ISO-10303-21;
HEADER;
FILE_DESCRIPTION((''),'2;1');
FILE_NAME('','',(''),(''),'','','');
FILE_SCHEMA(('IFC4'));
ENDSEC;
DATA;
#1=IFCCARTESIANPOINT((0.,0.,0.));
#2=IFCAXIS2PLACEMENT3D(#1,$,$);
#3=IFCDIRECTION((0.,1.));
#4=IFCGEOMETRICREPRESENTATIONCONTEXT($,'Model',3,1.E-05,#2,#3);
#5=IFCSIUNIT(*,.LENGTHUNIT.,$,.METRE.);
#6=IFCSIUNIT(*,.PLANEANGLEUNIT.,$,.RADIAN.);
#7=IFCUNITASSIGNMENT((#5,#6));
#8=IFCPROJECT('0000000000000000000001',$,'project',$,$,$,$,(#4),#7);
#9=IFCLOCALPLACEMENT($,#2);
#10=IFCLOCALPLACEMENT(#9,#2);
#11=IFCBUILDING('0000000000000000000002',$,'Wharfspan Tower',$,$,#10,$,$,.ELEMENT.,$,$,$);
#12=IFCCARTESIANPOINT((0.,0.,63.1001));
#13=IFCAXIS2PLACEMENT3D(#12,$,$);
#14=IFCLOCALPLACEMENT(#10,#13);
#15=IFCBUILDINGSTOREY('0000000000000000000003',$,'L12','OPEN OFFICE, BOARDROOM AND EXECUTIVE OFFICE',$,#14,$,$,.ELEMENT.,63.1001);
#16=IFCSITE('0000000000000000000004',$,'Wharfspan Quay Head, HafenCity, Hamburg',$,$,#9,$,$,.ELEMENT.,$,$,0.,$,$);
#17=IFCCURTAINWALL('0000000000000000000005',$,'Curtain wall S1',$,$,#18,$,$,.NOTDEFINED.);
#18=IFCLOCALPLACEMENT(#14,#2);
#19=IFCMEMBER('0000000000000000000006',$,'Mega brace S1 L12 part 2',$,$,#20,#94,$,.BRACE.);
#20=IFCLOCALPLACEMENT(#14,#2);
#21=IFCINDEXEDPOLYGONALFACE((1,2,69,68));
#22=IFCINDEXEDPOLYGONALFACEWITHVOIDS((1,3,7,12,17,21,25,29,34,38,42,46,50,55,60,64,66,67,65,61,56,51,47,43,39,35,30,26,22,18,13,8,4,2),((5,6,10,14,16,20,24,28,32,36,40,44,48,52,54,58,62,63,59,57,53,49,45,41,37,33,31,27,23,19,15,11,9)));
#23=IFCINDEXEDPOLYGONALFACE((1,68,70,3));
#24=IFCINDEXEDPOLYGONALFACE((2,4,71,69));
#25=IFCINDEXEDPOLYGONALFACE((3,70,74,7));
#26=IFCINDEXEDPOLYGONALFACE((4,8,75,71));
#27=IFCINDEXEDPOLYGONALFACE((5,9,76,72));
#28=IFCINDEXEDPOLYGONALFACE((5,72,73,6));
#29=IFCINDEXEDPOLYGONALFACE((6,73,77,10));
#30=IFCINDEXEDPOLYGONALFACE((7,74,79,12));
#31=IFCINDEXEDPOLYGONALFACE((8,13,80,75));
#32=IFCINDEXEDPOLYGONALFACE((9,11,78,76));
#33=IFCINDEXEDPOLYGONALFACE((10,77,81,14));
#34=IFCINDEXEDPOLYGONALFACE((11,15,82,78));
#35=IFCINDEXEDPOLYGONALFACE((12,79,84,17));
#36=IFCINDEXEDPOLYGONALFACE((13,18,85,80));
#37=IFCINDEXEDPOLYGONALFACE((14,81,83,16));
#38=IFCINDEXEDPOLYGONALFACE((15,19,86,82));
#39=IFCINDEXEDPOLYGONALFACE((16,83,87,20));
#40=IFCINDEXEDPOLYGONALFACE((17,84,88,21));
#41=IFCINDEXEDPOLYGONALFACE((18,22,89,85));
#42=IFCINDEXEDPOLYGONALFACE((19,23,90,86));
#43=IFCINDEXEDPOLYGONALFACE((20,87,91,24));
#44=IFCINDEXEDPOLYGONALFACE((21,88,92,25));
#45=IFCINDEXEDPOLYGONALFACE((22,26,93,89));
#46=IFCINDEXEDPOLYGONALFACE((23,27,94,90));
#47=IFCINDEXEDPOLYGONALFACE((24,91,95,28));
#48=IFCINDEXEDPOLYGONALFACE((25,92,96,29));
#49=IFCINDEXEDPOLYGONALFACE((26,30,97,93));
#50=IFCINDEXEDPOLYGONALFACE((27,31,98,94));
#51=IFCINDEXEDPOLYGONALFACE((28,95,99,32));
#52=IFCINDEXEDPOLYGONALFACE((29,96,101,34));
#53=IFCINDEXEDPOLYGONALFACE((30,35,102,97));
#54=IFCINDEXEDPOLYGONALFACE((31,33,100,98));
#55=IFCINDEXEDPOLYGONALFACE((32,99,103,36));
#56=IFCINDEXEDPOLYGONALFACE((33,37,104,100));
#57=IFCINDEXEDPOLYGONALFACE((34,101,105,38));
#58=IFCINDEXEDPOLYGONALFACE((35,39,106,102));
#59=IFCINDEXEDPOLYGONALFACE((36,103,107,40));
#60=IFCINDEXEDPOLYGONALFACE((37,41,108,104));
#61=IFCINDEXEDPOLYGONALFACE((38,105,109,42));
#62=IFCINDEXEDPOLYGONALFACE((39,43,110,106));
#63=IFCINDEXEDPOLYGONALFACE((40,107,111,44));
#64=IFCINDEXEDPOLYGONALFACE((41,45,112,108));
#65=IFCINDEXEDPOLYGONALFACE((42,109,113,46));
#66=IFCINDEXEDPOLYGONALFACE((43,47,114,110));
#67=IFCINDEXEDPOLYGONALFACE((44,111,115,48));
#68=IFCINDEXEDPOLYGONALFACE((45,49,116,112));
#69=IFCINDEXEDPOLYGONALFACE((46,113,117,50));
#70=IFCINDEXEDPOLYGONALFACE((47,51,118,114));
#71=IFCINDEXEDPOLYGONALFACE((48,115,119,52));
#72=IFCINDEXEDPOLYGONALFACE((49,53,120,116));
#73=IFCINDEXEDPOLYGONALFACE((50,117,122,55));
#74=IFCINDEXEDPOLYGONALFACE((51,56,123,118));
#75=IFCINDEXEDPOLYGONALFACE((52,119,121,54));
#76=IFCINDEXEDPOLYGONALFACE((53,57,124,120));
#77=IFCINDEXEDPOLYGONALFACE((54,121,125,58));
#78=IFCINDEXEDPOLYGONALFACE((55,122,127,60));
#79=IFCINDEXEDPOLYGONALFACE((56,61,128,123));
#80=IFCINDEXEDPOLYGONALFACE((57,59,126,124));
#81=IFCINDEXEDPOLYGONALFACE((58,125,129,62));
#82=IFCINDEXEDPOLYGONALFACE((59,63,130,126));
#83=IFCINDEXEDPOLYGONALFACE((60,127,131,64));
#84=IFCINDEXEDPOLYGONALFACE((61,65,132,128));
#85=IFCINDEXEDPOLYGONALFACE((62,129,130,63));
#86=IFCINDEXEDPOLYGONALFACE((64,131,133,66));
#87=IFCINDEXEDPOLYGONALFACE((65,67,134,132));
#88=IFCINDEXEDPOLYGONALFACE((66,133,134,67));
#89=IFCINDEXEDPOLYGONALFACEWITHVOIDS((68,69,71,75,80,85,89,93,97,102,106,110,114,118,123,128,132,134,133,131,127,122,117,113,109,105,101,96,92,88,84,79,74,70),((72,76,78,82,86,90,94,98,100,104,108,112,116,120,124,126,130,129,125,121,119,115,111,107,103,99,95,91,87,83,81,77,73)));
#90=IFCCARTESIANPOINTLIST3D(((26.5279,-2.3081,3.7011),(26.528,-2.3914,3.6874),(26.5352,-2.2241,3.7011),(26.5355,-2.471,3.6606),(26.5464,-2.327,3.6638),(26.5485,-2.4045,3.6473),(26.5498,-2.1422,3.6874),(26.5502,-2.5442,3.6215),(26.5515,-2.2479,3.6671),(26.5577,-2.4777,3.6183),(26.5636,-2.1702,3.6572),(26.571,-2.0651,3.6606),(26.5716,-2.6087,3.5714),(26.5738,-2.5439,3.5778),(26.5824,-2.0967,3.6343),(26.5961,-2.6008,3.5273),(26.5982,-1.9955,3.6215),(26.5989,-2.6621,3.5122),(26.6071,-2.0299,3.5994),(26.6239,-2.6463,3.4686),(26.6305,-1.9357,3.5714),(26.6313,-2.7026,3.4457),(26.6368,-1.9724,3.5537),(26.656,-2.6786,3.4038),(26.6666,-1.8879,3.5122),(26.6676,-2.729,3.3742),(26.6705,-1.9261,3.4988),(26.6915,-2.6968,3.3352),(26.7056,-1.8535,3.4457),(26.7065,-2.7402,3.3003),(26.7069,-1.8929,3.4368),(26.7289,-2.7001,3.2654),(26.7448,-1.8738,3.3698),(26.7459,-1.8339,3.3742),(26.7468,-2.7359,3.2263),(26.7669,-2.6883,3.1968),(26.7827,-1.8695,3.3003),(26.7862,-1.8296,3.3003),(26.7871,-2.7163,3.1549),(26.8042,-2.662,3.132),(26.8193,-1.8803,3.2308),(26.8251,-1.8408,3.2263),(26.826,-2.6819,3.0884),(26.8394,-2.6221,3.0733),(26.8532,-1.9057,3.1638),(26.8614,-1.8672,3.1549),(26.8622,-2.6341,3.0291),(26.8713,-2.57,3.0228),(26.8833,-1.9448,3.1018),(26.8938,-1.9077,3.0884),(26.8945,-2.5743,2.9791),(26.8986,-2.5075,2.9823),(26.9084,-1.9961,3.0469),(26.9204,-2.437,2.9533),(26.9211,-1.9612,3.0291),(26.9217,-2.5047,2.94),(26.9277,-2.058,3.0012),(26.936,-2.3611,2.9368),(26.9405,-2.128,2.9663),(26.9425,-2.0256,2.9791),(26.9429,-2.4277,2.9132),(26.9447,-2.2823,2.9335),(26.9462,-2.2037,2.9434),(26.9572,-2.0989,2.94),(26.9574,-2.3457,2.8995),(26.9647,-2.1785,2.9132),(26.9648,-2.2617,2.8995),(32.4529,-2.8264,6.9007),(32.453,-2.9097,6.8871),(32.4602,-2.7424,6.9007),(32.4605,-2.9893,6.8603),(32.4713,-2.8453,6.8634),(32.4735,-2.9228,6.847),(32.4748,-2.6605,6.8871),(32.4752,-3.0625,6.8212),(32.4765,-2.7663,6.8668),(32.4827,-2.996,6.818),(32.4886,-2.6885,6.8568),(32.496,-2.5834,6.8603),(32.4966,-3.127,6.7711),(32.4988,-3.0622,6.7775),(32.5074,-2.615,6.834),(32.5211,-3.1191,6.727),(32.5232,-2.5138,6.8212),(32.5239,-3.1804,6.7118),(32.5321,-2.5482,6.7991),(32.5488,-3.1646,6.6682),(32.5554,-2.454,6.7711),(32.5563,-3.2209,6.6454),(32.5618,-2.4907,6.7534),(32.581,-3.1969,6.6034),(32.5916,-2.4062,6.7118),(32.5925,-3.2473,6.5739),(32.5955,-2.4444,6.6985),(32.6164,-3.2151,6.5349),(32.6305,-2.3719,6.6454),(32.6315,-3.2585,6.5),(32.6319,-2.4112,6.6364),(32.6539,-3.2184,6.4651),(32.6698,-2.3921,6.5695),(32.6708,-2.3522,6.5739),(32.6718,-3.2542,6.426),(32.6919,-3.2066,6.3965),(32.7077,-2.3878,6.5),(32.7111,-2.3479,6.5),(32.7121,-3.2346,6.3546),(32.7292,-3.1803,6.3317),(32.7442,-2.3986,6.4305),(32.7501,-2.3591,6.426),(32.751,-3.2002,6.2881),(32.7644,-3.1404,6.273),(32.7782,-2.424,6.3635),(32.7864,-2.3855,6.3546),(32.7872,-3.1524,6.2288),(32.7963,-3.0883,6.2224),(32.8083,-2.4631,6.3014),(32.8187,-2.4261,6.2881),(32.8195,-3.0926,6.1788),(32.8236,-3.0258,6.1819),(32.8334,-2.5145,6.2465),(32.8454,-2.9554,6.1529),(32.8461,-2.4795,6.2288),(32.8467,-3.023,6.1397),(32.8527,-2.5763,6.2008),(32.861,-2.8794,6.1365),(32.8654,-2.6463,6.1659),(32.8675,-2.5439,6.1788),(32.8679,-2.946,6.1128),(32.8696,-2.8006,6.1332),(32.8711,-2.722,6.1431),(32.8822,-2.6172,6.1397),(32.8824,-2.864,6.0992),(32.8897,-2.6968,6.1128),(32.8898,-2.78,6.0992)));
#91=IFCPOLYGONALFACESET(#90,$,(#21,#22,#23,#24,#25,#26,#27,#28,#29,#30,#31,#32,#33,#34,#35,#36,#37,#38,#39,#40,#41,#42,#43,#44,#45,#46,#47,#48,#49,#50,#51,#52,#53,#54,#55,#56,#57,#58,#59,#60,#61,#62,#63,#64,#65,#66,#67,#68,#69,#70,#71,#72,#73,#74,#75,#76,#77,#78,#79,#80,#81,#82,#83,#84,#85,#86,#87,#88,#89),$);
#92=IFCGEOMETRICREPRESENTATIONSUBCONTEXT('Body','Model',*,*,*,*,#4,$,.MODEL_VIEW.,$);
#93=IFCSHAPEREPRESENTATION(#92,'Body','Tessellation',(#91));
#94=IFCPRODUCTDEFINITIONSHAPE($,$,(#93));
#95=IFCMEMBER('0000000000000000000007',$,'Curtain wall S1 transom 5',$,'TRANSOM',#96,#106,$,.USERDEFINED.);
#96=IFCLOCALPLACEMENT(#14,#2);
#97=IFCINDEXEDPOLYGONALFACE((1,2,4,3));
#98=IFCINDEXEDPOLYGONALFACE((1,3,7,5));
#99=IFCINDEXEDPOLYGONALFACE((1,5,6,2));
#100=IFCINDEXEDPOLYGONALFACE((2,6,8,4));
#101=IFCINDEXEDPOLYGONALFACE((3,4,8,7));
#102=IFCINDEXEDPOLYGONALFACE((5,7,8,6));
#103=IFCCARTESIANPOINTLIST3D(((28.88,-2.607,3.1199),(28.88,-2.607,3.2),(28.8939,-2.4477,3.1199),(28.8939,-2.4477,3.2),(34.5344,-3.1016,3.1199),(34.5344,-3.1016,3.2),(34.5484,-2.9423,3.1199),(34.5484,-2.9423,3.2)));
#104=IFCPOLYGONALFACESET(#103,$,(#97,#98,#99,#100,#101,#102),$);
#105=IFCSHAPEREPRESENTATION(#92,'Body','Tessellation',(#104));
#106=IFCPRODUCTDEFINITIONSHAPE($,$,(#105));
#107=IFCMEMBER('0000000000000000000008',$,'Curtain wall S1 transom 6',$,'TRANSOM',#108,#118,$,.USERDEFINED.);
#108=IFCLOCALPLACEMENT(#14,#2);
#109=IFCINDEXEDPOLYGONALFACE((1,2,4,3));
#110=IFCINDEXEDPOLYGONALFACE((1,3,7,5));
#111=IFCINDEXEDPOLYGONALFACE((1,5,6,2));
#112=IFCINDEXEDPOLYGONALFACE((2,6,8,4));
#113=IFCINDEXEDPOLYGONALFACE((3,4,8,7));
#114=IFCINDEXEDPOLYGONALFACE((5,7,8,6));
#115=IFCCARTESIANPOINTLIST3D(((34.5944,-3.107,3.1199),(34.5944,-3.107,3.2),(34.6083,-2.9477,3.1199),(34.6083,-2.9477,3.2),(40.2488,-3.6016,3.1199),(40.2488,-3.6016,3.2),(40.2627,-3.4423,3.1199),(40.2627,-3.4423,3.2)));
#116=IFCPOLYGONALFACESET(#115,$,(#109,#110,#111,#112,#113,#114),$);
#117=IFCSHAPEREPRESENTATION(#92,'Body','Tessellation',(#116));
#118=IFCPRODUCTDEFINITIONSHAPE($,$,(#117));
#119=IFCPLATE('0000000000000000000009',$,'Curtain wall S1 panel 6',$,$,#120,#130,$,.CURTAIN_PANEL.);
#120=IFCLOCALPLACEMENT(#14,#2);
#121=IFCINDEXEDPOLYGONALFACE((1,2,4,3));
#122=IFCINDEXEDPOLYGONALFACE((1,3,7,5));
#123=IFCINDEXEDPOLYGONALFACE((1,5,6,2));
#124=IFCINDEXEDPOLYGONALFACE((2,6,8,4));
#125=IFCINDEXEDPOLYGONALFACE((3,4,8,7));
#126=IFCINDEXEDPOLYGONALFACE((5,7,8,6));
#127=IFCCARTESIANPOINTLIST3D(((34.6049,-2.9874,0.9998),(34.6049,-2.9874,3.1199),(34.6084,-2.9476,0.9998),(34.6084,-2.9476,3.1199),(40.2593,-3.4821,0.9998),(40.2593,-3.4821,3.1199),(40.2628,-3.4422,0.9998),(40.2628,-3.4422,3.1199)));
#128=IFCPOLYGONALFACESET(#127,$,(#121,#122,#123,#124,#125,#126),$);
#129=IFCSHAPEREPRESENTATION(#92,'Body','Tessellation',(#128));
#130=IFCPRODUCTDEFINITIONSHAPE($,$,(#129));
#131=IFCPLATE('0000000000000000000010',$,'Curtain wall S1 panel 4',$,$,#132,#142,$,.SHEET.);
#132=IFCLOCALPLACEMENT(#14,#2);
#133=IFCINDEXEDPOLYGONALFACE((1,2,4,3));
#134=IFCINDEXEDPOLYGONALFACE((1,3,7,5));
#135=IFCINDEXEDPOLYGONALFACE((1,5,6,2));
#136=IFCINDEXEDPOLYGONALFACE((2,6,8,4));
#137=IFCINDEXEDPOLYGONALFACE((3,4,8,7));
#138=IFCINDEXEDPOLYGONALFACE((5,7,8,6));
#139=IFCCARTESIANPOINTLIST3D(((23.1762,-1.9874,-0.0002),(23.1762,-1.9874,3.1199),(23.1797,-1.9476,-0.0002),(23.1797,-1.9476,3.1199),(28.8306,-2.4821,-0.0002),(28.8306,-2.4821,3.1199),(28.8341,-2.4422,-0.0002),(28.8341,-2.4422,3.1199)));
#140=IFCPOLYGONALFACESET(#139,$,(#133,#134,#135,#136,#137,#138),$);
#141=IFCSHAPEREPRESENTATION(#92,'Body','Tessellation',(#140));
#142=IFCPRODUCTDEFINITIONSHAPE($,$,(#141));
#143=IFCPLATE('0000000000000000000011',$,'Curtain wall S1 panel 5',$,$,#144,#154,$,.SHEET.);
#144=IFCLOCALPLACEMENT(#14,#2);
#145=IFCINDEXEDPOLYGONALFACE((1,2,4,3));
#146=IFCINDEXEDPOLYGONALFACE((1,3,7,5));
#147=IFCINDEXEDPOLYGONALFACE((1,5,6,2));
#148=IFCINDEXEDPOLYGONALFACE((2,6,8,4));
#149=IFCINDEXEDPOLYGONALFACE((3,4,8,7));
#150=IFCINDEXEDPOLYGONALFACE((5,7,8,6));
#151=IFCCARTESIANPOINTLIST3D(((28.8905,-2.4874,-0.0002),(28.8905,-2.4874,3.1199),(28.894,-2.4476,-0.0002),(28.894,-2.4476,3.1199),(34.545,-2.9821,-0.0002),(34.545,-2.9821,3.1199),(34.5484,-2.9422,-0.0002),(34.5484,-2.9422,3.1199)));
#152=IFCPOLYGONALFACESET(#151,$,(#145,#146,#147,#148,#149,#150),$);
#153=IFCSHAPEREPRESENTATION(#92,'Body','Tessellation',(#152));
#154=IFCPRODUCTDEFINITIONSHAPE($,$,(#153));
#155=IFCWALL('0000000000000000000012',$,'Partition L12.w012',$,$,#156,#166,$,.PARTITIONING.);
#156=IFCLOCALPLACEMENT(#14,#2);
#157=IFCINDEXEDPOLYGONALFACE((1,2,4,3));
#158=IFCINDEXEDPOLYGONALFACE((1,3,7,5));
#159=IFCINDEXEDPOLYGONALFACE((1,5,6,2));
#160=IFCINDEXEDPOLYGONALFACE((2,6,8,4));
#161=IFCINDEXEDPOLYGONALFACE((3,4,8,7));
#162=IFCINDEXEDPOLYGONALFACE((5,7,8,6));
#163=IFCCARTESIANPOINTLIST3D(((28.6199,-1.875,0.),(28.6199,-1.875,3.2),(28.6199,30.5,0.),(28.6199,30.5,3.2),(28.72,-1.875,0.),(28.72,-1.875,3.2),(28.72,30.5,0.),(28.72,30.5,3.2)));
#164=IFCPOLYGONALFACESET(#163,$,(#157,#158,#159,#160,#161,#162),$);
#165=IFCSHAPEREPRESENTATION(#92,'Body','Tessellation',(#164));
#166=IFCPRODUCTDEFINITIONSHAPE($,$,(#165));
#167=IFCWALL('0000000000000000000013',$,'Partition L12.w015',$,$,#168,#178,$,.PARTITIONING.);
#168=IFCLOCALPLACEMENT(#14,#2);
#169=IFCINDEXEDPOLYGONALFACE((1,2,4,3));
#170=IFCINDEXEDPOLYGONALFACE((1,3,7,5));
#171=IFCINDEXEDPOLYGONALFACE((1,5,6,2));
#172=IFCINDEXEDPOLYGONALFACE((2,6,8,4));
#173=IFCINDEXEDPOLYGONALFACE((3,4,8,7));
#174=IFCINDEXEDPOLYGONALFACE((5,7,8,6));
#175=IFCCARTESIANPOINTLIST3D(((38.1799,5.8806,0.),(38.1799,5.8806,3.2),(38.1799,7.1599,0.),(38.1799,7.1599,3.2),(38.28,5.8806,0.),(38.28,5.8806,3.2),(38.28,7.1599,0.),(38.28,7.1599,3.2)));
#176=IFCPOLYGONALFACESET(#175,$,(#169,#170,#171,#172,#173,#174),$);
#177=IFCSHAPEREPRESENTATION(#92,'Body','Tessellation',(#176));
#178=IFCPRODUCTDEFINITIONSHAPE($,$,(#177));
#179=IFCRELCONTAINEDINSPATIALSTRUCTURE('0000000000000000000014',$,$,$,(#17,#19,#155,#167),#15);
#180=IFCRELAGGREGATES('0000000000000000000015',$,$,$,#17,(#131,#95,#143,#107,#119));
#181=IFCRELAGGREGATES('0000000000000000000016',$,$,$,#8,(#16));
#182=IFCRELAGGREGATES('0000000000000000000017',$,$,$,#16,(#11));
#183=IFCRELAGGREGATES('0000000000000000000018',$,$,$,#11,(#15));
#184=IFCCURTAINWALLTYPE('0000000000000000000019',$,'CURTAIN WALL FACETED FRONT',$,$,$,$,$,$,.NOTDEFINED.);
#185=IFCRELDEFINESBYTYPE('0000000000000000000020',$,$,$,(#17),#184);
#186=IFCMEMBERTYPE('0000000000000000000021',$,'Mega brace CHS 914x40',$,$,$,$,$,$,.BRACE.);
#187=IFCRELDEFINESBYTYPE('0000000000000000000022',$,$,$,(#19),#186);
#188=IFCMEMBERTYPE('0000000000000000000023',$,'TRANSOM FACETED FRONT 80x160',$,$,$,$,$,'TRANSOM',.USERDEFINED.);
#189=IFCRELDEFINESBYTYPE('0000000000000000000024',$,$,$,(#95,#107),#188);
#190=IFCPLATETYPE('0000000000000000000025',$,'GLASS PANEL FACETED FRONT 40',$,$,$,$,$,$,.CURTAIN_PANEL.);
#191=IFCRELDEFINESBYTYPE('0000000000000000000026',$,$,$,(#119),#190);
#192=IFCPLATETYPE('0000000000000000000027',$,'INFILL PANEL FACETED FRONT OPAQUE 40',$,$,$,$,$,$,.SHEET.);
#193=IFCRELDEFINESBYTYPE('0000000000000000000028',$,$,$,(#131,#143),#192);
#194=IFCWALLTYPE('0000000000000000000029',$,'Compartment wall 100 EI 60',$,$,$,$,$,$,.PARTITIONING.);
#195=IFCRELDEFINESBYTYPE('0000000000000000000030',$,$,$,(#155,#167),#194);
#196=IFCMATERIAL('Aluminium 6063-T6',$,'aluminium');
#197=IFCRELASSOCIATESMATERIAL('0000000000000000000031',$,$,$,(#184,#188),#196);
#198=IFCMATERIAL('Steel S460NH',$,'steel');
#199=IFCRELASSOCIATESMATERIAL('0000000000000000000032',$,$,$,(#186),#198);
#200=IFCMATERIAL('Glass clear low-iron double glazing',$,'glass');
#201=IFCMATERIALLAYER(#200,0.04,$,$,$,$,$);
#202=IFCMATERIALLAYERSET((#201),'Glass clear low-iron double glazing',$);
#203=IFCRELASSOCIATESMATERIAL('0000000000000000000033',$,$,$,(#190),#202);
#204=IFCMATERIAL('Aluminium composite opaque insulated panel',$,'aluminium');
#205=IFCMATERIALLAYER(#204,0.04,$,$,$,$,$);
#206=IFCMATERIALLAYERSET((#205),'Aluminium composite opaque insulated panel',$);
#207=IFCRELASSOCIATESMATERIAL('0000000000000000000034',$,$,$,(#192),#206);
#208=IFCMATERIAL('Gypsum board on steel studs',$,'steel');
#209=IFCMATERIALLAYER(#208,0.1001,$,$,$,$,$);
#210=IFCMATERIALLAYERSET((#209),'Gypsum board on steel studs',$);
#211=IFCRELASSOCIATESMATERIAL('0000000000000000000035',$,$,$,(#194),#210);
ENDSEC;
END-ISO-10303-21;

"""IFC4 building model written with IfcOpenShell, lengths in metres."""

from ifc_helpers import new_model, si_unit, direction, frame, frame_2d, origin, origin_2d, place, context, subcontext, project, spatial, rectangle, hollow_circle, extrude, material, layer, layer_set, material_profile, profile_set, type_object, element, aggregate, save


model = new_model("IFC4")

# Units and contexts
model_context = context("Model", 3, precision=1e-05, world=origin(), true_north=direction((0.0, 1.0)))
body_context = subcontext(model_context, "Body", "Model", "MODEL_VIEW")
ifc_project = project(units=[si_unit("LENGTHUNIT", "METRE"), si_unit("PLANEANGLEUNIT", "RADIAN")], contexts=[model_context])

# Site, building, storey
site_placement = place(None, origin())
site = spatial("IfcSite", under=ifc_project, at=site_placement, Name="Wharfspan Quay Head, HafenCity, Hamburg", CompositionType="ELEMENT", RefElevation=0.0)
building_placement = place(site_placement, origin())
building = spatial("IfcBuilding", under=site, at=building_placement, Name="Wharfspan Tower", CompositionType="ELEMENT")
storey_placement = place(building_placement, frame((0.0, 0.0, 63.1001)))
storey = spatial("IfcBuildingStorey", under=building, at=storey_placement, Name="L12", Description="OPEN OFFICE, BOARDROOM AND EXECUTIVE OFFICE", CompositionType="ELEMENT", Elevation=63.1001)

# Curtain wall
ifc_material_1 = material(Name="Aluminium 6063-T6", Category="aluminium")
curtain_wall_type = type_object("IfcCurtainWallType", Name="CURTAIN WALL FACETED FRONT", PredefinedType="NOTDEFINED", material=ifc_material_1)
curtain_wall_placement = place(storey_placement, origin())
curtain_wall = element("IfcCurtainWall", 1, at=curtain_wall_placement, inside=storey, type_object=curtain_wall_type, Name="Curtain wall S1", PredefinedType="NOTDEFINED")

# Members
ifc_material_2 = material(Name="Steel S460NH", Category="steel")
ifc_material_profile_1 = material_profile(ifc_material_2, hollow_circle(Radius=0.457, WallThickness=0.04, at=origin_2d()))
ifc_profile_set_1 = profile_set([ifc_material_profile_1], Name="Steel S460NH")
member_type_1 = type_object("IfcMemberType", Name="Mega brace CHS 914x40", PredefinedType="BRACE", material=ifc_profile_set_1)
member_1_placement = place(storey_placement, frame((26.7463, -2.2849, 3.3003), z_axis=(0.877299, -0.076744, 0.473768), x_axis=(0.087145, 0.996198, 0.0)))
element("IfcMember", 2, at=member_1_placement, inside=storey, type_object=member_type_1, Name="Mega brace S1 L12 part 2", PredefinedType="BRACE", context=body_context, shape_type="SweptSolid", body=[
    extrude(hollow_circle(Radius=0.457, WallThickness=0.04, at=origin_2d()), origin(), (0.0, 0.0, 1.0), 6.7537),
])
ifc_material_profile_2 = material_profile(ifc_material_1, rectangle(XDim=0.1599, YDim=0.0801, at=origin_2d()))
ifc_profile_set_2 = profile_set([ifc_material_profile_2], Name="Aluminium 6063-T6")
member_type_2 = type_object("IfcMemberType", Name="TRANSOM FACETED FRONT 80x160", ElementType="TRANSOM", PredefinedType="USERDEFINED", material=ifc_profile_set_2)
member_2_placement = place(storey_placement, frame((28.887, -2.5273, 3.1599), z_axis=(0.996196, -0.087142, 0.0), x_axis=(0.087142, 0.996196, 0.0)))
member_2 = element("IfcMember", 3, at=member_2_placement, type_object=member_type_2, Name="Curtain wall S1 transom 5", ObjectType="TRANSOM", PredefinedType="USERDEFINED", context=body_context, shape_type="SweptSolid", body=[
    extrude(rectangle(XDim=0.1599, YDim=0.0801, at=origin_2d()), origin(), (0.0, 0.0, 1.0), 5.676),
])
member_3_placement = place(storey_placement, frame((34.6013, -3.0273, 3.1599), z_axis=(0.996196, -0.087142, 0.0), x_axis=(0.087142, 0.996196, 0.0)))
member_3 = element("IfcMember", 4, at=member_3_placement, type_object=member_type_2, Name="Curtain wall S1 transom 6", ObjectType="TRANSOM", PredefinedType="USERDEFINED", context=body_context, shape_type="SweptSolid", body=[
    extrude(rectangle(XDim=0.1599, YDim=0.0801, at=origin_2d()), origin(), (0.0, 0.0, 1.0), 5.676),
])

# Plates
ifc_material_3 = material(Name="Glass clear low-iron double glazing", Category="glass")
ifc_layer_1 = layer(ifc_material_3, 0.04)
ifc_layer_set_1 = layer_set([ifc_layer_1], Name="Glass clear low-iron double glazing")
plate_type_1 = type_object("IfcPlateType", Name="GLASS PANEL FACETED FRONT 40", PredefinedType="CURTAIN_PANEL", material=ifc_layer_set_1)
plate_1_placement = place(storey_placement, frame((37.4338, -3.2148, 0.9998), z_axis=(0.0, 0.0, 1.0), x_axis=(0.996197, -0.087156, 0.0)))
plate_1 = element("IfcPlate", 5, at=plate_1_placement, type_object=plate_type_1, Name="Curtain wall S1 panel 6", PredefinedType="CURTAIN_PANEL", context=body_context, shape_type="SweptSolid", body=[
    extrude(rectangle(XDim=5.676, YDim=0.04, at=origin_2d()), origin(), (0.0, 0.0, 1.0), 2.1201),
])
ifc_material_4 = material(Name="Aluminium composite opaque insulated panel", Category="aluminium")
ifc_layer_2 = layer(ifc_material_4, 0.04)
ifc_layer_set_2 = layer_set([ifc_layer_2], Name="Aluminium composite opaque insulated panel")
plate_type_2 = type_object("IfcPlateType", Name="INFILL PANEL FACETED FRONT OPAQUE 40", PredefinedType="SHEET", material=ifc_layer_set_2)
plate_2_placement = place(storey_placement, frame((26.0051, -2.2148, -0.0002), z_axis=(0.0, 0.0, 1.0), x_axis=(0.996197, -0.087156, 0.0)))
plate_2 = element("IfcPlate", 6, at=plate_2_placement, type_object=plate_type_2, Name="Curtain wall S1 panel 4", PredefinedType="SHEET", context=body_context, shape_type="SweptSolid", body=[
    extrude(rectangle(XDim=5.676, YDim=0.04, at=origin_2d()), origin(), (0.0, 0.0, 1.0), 3.1201),
])
plate_3_placement = place(storey_placement, frame((31.7195, -2.7148, -0.0002), z_axis=(0.0, 0.0, 1.0), x_axis=(0.996197, -0.087156, 0.0)))
plate_3 = element("IfcPlate", 7, at=plate_3_placement, type_object=plate_type_2, Name="Curtain wall S1 panel 5", PredefinedType="SHEET", context=body_context, shape_type="SweptSolid", body=[
    extrude(rectangle(XDim=5.676, YDim=0.04, at=origin_2d()), origin(), (0.0, 0.0, 1.0), 3.1201),
])
aggregate(curtain_wall, [plate_2, member_2, plate_3, member_3, plate_1])

# Walls
ifc_material_5 = material(Name="Gypsum board on steel studs", Category="steel")
ifc_layer_3 = layer(ifc_material_5, 0.1001)
ifc_layer_set_3 = layer_set([ifc_layer_3], Name="Gypsum board on steel studs")
wall_type_1 = type_object("IfcWallType", Name="Compartment wall 100 EI 60", PredefinedType="PARTITIONING", material=ifc_layer_set_3)
wall_1_placement = place(storey_placement, frame((28.6699, -1.875, 0.0), z_axis=(0.0, 0.0, 1.0), x_axis=(0.0, 1.0, 0.0)))
element("IfcWall", 8, at=wall_1_placement, inside=storey, type_object=wall_type_1, Name="Partition L12.w012", PredefinedType="PARTITIONING", context=body_context, shape_type="SweptSolid", body=[
    extrude(rectangle(XDim=32.375, YDim=0.1001, at=frame_2d((16.1875, 0.0))), origin(), (0.0, 0.0, 1.0), 3.2),
])
wall_2_placement = place(storey_placement, frame((38.23, 5.8806, 0.0), z_axis=(0.0, 0.0, 1.0), x_axis=(0.0, 1.0, 0.0)))
element("IfcWall", 9, at=wall_2_placement, inside=storey, type_object=wall_type_1, Name="Partition L12.w015", PredefinedType="PARTITIONING", context=body_context, shape_type="SweptSolid", body=[
    extrude(rectangle(XDim=1.2793, YDim=0.1001, at=frame_2d((0.6396, 0.0))), origin(), (0.0, 0.0, 1.0), 3.2),
])

save(model, "model.ifc")
